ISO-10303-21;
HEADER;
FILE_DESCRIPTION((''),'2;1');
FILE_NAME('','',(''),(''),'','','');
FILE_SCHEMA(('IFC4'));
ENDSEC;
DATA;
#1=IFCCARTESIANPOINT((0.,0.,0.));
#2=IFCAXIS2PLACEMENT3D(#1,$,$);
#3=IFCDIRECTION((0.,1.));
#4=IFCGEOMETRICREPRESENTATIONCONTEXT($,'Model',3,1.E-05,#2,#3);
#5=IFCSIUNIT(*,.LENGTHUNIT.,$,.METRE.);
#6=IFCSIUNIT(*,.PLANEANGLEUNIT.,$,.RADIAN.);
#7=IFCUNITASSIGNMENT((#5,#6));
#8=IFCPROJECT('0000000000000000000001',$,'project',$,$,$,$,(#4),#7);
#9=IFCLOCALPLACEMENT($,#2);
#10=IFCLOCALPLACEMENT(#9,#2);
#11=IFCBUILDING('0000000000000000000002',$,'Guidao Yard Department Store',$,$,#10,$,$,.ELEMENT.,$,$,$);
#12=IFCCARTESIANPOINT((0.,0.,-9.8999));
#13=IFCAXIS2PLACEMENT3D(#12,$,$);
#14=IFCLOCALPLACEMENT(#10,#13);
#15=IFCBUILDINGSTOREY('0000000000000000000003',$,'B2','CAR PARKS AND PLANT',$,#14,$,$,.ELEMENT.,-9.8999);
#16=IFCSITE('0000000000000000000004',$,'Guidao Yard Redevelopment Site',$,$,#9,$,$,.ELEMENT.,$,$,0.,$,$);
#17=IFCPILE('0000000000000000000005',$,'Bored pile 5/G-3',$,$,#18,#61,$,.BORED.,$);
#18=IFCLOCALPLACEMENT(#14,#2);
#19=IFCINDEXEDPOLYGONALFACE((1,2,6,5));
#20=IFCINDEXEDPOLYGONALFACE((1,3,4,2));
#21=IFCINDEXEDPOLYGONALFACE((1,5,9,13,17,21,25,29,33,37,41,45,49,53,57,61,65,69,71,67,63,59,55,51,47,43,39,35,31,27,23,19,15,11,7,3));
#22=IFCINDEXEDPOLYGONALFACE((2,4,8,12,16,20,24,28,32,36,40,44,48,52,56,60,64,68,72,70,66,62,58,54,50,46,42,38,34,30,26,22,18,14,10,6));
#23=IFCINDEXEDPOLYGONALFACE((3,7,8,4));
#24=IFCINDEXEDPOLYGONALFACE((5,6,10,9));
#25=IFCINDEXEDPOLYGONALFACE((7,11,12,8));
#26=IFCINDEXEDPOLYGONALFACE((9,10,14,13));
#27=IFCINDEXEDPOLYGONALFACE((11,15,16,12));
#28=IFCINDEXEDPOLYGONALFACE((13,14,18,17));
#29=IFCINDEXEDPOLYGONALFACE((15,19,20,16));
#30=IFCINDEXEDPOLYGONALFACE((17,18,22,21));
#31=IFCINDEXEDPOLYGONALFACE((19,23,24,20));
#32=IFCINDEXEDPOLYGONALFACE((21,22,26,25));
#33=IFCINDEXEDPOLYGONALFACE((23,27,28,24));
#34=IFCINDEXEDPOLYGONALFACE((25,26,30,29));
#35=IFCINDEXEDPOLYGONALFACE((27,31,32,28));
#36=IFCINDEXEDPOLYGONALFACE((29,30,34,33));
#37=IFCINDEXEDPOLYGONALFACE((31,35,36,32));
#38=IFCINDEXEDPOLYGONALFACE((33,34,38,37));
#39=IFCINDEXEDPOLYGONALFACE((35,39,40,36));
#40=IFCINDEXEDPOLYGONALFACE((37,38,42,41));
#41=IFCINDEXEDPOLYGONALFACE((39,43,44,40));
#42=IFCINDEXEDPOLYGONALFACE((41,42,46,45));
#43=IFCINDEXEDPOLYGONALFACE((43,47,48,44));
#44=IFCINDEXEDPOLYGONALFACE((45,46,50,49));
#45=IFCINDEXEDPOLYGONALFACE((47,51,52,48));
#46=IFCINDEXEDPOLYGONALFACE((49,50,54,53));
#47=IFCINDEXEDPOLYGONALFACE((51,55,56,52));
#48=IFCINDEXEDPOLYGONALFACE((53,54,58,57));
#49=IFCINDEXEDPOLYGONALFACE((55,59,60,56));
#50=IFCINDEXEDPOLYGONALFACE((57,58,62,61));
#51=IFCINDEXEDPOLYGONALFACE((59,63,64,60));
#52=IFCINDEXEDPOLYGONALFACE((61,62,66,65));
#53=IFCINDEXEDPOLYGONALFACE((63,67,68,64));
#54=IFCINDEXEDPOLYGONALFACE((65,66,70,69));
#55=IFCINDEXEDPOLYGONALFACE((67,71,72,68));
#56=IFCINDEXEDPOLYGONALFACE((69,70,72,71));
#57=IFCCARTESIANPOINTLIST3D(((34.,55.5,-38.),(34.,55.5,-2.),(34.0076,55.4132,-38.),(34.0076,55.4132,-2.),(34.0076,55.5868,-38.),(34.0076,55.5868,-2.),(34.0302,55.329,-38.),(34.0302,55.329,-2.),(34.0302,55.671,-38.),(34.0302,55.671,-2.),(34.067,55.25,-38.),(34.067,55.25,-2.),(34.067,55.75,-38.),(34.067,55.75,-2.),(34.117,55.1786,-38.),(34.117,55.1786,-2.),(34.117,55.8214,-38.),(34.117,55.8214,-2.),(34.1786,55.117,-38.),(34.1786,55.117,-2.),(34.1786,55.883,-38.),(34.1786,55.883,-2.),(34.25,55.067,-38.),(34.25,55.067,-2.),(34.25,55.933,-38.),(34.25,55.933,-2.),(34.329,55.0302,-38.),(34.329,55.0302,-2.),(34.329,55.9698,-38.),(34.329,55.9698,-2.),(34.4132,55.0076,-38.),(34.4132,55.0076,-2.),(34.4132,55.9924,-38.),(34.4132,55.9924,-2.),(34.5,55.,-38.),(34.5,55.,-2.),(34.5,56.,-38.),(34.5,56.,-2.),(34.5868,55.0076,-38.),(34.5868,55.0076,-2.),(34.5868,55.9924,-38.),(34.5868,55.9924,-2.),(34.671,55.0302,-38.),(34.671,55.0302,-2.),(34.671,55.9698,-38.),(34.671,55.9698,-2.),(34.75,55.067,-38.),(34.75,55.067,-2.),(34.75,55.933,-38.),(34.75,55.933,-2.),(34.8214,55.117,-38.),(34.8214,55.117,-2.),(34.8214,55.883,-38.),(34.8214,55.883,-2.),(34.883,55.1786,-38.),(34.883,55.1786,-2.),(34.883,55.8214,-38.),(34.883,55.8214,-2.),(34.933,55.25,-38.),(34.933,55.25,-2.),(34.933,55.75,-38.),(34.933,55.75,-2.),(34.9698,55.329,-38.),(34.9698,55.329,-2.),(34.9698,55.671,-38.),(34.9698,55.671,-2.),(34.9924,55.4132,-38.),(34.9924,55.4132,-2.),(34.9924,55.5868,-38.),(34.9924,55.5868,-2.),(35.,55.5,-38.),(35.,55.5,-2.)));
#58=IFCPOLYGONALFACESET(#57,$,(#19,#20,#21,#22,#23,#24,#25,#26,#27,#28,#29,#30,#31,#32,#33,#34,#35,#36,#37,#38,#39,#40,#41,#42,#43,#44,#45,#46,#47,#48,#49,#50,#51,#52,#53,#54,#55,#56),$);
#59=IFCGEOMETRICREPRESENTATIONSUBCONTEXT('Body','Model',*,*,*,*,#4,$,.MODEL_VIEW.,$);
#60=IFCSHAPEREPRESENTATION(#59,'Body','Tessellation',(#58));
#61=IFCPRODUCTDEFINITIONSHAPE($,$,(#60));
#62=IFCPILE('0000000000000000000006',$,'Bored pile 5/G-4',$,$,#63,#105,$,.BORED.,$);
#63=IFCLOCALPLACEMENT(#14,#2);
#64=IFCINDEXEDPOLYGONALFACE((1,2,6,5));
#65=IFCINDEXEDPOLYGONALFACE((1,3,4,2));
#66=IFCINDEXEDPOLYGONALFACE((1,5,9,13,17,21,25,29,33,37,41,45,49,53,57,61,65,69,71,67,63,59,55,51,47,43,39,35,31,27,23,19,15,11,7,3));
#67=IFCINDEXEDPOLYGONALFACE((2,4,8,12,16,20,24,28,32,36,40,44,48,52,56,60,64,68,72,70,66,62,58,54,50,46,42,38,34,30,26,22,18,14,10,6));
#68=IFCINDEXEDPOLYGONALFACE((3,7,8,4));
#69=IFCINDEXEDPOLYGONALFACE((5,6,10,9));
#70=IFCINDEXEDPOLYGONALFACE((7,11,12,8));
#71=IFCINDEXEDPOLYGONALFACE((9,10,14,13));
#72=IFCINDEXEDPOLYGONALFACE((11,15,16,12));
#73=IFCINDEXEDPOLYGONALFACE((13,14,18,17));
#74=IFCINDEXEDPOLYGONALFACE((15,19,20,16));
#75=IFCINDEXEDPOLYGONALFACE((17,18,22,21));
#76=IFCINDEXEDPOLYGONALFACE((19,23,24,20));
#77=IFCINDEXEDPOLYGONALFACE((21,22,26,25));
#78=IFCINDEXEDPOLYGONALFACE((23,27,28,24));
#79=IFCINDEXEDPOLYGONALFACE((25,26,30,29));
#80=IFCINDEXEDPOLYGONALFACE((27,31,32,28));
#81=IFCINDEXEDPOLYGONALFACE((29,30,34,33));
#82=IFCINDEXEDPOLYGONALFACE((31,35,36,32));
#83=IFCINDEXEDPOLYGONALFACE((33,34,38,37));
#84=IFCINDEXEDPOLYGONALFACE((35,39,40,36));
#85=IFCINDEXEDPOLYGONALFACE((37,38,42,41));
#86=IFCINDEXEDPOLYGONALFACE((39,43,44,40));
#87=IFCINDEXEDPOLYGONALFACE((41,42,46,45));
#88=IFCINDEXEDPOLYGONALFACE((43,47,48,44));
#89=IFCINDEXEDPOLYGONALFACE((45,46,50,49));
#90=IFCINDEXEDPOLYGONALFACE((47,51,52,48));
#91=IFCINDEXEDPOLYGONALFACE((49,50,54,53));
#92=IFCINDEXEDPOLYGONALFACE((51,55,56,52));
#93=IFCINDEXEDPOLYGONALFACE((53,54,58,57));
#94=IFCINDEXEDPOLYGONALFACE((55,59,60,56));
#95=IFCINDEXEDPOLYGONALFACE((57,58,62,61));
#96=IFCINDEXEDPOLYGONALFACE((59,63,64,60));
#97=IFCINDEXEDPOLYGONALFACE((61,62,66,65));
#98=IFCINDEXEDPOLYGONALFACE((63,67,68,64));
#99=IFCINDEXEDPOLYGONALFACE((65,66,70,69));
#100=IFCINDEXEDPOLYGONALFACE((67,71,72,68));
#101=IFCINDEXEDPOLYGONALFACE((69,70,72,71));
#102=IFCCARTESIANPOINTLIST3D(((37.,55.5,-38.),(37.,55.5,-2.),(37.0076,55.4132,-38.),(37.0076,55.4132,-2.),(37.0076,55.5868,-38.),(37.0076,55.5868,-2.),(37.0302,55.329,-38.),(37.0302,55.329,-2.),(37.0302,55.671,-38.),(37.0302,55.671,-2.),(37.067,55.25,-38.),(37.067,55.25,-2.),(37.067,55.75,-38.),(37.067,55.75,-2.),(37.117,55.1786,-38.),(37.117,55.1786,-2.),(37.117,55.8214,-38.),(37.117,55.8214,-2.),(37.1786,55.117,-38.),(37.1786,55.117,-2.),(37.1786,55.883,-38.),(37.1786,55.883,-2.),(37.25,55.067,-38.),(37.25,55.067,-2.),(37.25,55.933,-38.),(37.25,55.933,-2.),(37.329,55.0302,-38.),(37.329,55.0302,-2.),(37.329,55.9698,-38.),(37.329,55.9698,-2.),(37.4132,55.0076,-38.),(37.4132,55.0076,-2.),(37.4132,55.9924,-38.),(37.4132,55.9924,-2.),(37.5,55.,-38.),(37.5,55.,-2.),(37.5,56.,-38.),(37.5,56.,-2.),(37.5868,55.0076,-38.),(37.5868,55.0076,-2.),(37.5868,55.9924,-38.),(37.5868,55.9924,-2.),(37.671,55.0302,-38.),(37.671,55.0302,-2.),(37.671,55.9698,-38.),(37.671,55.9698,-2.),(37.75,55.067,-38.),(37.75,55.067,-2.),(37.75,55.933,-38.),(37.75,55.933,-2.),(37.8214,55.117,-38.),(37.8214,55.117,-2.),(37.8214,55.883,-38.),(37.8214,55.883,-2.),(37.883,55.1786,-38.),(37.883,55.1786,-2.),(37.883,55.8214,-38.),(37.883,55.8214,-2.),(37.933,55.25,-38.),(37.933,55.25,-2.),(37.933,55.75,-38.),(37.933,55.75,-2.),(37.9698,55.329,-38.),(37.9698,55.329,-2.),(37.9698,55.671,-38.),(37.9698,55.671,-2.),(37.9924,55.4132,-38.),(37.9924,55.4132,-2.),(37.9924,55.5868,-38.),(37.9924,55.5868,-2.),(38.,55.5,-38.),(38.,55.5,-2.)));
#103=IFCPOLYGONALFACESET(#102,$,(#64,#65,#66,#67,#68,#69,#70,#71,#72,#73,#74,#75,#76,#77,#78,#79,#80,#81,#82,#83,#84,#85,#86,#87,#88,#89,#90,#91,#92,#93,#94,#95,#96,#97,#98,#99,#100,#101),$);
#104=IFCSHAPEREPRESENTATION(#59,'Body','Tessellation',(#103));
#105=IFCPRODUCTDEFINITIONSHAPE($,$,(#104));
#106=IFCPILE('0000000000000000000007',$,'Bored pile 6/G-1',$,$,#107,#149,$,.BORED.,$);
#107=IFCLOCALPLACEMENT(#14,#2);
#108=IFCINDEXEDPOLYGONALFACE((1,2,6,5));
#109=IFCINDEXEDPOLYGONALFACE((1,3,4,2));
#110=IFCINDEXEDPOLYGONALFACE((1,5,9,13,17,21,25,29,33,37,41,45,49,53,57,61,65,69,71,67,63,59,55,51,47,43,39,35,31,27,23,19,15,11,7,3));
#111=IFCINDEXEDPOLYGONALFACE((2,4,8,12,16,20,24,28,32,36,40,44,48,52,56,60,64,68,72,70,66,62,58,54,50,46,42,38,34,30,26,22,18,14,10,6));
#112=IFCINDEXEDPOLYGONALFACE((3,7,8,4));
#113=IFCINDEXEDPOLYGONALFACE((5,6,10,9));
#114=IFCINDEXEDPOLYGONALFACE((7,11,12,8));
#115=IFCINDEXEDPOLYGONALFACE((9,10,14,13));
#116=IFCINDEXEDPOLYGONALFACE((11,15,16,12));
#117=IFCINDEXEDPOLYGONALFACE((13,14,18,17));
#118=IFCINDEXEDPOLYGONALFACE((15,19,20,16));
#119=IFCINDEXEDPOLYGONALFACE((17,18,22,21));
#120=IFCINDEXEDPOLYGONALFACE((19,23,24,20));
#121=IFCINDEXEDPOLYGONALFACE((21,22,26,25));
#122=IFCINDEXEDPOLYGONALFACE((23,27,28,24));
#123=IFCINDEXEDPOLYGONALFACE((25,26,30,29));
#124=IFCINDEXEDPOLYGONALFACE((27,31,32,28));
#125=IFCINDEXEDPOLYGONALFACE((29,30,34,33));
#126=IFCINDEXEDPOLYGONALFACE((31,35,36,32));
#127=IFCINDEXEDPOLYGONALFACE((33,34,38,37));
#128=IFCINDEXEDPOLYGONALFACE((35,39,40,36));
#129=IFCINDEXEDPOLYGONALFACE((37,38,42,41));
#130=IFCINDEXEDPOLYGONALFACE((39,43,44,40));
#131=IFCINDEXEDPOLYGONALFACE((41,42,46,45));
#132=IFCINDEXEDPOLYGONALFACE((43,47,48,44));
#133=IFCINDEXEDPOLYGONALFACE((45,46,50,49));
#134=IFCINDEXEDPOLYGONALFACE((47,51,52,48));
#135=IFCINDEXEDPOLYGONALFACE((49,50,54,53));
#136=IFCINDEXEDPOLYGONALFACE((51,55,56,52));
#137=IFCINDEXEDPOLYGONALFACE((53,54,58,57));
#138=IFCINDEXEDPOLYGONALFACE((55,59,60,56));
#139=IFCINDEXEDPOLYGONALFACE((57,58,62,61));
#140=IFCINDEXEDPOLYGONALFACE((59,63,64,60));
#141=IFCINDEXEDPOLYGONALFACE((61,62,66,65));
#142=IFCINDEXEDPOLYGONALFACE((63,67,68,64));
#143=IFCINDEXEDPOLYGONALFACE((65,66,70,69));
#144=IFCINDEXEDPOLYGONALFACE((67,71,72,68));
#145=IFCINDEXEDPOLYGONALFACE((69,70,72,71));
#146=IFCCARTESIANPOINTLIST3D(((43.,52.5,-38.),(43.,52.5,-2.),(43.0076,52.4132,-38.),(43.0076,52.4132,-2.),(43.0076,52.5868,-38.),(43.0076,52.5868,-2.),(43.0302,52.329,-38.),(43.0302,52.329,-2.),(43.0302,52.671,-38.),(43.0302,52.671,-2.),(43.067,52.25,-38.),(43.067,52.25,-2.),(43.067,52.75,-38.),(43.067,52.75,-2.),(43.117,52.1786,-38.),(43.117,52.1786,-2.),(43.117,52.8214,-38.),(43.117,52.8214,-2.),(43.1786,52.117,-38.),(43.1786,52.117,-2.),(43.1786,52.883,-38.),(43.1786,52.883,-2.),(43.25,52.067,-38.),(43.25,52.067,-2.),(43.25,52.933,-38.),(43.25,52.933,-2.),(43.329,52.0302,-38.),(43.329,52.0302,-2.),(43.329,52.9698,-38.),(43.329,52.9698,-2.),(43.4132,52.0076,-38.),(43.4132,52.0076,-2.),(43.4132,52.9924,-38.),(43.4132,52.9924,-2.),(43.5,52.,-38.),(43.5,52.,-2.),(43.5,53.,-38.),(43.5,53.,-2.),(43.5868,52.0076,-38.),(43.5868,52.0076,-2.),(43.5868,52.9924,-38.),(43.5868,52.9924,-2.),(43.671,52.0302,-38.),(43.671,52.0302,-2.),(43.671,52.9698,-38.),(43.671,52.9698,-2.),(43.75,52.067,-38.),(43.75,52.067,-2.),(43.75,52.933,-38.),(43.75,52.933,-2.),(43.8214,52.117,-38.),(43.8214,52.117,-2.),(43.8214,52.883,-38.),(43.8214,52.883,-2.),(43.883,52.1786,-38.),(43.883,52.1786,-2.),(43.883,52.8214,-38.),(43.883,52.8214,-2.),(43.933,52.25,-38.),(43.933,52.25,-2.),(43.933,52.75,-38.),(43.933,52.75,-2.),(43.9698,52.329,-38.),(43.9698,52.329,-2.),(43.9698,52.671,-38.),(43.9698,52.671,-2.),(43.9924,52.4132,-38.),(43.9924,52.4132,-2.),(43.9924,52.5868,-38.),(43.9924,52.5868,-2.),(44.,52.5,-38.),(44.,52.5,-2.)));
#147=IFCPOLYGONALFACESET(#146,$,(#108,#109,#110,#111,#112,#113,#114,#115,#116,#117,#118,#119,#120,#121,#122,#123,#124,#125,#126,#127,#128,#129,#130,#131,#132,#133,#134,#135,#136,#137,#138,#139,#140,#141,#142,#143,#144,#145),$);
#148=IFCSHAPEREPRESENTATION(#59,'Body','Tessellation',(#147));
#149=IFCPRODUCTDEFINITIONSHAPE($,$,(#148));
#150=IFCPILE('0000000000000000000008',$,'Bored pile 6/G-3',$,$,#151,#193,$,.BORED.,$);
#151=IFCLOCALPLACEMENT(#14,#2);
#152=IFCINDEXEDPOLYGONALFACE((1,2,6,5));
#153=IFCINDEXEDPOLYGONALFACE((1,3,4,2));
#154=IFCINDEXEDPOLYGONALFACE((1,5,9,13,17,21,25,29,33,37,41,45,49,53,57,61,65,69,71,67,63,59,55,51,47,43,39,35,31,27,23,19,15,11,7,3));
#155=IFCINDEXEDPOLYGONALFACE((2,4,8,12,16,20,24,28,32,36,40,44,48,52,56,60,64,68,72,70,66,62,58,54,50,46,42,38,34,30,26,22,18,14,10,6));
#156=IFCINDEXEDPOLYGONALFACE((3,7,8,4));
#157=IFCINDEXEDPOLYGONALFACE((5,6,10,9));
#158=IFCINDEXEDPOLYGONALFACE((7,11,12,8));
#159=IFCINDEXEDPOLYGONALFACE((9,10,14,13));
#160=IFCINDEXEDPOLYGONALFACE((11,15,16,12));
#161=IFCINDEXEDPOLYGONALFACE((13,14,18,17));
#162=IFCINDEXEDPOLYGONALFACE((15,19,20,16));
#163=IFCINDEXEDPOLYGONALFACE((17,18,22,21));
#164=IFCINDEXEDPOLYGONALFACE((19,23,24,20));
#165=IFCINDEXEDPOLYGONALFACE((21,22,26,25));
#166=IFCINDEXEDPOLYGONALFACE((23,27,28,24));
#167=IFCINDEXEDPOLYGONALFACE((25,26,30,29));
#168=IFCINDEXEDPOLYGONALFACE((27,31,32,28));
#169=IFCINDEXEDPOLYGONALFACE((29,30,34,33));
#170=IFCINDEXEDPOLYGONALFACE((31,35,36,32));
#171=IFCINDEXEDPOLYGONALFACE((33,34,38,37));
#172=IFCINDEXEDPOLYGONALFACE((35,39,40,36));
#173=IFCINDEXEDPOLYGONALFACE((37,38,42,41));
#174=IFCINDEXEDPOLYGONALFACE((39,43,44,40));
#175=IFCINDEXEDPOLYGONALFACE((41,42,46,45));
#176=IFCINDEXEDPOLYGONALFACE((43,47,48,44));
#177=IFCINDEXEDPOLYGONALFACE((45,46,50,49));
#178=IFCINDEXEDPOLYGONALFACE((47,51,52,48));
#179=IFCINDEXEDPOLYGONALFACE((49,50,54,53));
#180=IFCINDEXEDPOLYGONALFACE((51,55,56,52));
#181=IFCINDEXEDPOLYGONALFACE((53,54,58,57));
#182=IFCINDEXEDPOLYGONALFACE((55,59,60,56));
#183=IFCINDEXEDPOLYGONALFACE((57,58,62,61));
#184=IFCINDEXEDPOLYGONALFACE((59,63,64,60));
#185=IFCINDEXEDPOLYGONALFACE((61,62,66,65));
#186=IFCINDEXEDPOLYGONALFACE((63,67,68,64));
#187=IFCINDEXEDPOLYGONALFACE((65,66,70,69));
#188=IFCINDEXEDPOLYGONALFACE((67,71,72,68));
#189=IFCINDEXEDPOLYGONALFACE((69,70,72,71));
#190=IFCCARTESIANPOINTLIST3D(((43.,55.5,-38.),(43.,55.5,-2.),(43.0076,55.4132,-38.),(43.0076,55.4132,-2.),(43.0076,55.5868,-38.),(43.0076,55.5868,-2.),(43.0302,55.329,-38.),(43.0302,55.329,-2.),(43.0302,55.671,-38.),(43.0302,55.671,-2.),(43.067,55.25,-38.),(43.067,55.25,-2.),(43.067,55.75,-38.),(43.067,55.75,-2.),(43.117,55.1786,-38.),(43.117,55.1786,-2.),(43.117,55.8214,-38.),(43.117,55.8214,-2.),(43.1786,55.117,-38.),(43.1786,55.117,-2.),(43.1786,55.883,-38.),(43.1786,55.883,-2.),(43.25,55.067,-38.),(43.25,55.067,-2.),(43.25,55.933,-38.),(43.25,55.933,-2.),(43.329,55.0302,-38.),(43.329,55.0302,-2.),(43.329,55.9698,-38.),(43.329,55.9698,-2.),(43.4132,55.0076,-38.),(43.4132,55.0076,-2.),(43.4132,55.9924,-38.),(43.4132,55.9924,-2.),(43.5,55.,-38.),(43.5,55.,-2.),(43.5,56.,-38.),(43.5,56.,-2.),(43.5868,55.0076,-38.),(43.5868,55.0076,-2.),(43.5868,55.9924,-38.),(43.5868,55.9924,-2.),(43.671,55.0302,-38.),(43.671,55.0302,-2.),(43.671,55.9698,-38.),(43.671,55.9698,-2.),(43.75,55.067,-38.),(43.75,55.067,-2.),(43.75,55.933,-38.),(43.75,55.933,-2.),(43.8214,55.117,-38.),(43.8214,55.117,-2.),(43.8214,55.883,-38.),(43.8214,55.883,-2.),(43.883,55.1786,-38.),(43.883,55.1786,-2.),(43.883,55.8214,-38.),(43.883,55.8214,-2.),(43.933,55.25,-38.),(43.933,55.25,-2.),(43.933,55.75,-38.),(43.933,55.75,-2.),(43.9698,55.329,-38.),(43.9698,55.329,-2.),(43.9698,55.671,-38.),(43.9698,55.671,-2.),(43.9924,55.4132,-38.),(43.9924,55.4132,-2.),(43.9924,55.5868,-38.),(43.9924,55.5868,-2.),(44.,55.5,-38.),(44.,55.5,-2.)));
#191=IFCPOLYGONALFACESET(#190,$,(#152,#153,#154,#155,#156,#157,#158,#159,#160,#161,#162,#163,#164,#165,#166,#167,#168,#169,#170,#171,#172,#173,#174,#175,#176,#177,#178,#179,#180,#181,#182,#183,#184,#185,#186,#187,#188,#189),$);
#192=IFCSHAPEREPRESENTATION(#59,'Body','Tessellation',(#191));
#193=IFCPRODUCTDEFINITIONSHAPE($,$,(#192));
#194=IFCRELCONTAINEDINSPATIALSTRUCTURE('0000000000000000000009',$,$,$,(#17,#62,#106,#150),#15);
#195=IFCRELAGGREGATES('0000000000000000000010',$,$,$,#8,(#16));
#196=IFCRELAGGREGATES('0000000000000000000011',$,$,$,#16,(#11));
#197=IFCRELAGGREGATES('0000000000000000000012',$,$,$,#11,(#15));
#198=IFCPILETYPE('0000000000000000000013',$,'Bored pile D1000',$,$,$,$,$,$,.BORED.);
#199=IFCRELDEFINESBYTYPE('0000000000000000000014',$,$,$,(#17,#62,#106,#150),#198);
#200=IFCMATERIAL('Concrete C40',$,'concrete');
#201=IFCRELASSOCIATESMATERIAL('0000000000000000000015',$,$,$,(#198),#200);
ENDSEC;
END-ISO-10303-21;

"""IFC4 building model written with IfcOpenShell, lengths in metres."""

from ifc_helpers import new_model, si_unit, direction, frame, origin, origin_2d, place, context, subcontext, project, spatial, circle, extrude, material, material_profile, profile_set, type_object, element, save


model = new_model("IFC4")

# Units and contexts
model_context = context("Model", 3, precision=1e-05, world=origin(), true_north=direction((0.0, 1.0)))
body_context = subcontext(model_context, "Body", "Model", "MODEL_VIEW")
ifc_project = project(units=[si_unit("LENGTHUNIT", "METRE"), si_unit("PLANEANGLEUNIT", "RADIAN")], contexts=[model_context])

# Site, building, storey
site_placement = place(None, origin())
site = spatial("IfcSite", under=ifc_project, at=site_placement, Name="Guidao Yard Redevelopment Site", CompositionType="ELEMENT", RefElevation=0.0)
building_placement = place(site_placement, origin())
building = spatial("IfcBuilding", under=site, at=building_placement, Name="Guidao Yard Department Store", CompositionType="ELEMENT")
storey_placement = place(building_placement, frame((0.0, 0.0, -9.8999)))
storey = spatial("IfcBuildingStorey", under=building, at=storey_placement, Name="B2", Description="CAR PARKS AND PLANT", CompositionType="ELEMENT", Elevation=-9.8999)

# Piles
ifc_material_1 = material(Name="Concrete C40", Category="concrete")
ifc_material_profile_1 = material_profile(ifc_material_1, circle(Radius=0.5, at=origin_2d()), Name="Bored pile D1000")
ifc_profile_set_1 = profile_set([ifc_material_profile_1], Name="Concrete C40")
pile_type = type_object("IfcPileType", Name="Bored pile D1000", PredefinedType="BORED", material=ifc_profile_set_1)
for number, where, z_axis, x_axis, name in (
    (1, (34.5, 55.5, -2.0), (0.0, 0.0, -1.0), (1.0, 0.0, 0.0), "Bored pile 5/G-3"),
    (2, (37.5, 55.5, -2.0), (0.0, 0.0, -1.0), (1.0, 0.0, 0.0), "Bored pile 5/G-4"),
    (3, (43.5, 52.5, -2.0), (0.0, 0.0, -1.0), (1.0, 0.0, 0.0), "Bored pile 6/G-1"),
    (4, (43.5, 55.5, -2.0), (0.0, 0.0, -1.0), (1.0, 0.0, 0.0), "Bored pile 6/G-3"),
):
    element("IfcPile", number, at=place(storey_placement, frame(where, z_axis=z_axis, x_axis=x_axis)), inside=storey, type_object=pile_type, Name=name, PredefinedType="BORED", context=body_context, shape_type="SweptSolid", body=[
        extrude(circle(Radius=0.5, at=origin_2d()), origin(), (0.0, 0.0, 1.0), 36.0),
    ])

save(model, "model.ifc")
